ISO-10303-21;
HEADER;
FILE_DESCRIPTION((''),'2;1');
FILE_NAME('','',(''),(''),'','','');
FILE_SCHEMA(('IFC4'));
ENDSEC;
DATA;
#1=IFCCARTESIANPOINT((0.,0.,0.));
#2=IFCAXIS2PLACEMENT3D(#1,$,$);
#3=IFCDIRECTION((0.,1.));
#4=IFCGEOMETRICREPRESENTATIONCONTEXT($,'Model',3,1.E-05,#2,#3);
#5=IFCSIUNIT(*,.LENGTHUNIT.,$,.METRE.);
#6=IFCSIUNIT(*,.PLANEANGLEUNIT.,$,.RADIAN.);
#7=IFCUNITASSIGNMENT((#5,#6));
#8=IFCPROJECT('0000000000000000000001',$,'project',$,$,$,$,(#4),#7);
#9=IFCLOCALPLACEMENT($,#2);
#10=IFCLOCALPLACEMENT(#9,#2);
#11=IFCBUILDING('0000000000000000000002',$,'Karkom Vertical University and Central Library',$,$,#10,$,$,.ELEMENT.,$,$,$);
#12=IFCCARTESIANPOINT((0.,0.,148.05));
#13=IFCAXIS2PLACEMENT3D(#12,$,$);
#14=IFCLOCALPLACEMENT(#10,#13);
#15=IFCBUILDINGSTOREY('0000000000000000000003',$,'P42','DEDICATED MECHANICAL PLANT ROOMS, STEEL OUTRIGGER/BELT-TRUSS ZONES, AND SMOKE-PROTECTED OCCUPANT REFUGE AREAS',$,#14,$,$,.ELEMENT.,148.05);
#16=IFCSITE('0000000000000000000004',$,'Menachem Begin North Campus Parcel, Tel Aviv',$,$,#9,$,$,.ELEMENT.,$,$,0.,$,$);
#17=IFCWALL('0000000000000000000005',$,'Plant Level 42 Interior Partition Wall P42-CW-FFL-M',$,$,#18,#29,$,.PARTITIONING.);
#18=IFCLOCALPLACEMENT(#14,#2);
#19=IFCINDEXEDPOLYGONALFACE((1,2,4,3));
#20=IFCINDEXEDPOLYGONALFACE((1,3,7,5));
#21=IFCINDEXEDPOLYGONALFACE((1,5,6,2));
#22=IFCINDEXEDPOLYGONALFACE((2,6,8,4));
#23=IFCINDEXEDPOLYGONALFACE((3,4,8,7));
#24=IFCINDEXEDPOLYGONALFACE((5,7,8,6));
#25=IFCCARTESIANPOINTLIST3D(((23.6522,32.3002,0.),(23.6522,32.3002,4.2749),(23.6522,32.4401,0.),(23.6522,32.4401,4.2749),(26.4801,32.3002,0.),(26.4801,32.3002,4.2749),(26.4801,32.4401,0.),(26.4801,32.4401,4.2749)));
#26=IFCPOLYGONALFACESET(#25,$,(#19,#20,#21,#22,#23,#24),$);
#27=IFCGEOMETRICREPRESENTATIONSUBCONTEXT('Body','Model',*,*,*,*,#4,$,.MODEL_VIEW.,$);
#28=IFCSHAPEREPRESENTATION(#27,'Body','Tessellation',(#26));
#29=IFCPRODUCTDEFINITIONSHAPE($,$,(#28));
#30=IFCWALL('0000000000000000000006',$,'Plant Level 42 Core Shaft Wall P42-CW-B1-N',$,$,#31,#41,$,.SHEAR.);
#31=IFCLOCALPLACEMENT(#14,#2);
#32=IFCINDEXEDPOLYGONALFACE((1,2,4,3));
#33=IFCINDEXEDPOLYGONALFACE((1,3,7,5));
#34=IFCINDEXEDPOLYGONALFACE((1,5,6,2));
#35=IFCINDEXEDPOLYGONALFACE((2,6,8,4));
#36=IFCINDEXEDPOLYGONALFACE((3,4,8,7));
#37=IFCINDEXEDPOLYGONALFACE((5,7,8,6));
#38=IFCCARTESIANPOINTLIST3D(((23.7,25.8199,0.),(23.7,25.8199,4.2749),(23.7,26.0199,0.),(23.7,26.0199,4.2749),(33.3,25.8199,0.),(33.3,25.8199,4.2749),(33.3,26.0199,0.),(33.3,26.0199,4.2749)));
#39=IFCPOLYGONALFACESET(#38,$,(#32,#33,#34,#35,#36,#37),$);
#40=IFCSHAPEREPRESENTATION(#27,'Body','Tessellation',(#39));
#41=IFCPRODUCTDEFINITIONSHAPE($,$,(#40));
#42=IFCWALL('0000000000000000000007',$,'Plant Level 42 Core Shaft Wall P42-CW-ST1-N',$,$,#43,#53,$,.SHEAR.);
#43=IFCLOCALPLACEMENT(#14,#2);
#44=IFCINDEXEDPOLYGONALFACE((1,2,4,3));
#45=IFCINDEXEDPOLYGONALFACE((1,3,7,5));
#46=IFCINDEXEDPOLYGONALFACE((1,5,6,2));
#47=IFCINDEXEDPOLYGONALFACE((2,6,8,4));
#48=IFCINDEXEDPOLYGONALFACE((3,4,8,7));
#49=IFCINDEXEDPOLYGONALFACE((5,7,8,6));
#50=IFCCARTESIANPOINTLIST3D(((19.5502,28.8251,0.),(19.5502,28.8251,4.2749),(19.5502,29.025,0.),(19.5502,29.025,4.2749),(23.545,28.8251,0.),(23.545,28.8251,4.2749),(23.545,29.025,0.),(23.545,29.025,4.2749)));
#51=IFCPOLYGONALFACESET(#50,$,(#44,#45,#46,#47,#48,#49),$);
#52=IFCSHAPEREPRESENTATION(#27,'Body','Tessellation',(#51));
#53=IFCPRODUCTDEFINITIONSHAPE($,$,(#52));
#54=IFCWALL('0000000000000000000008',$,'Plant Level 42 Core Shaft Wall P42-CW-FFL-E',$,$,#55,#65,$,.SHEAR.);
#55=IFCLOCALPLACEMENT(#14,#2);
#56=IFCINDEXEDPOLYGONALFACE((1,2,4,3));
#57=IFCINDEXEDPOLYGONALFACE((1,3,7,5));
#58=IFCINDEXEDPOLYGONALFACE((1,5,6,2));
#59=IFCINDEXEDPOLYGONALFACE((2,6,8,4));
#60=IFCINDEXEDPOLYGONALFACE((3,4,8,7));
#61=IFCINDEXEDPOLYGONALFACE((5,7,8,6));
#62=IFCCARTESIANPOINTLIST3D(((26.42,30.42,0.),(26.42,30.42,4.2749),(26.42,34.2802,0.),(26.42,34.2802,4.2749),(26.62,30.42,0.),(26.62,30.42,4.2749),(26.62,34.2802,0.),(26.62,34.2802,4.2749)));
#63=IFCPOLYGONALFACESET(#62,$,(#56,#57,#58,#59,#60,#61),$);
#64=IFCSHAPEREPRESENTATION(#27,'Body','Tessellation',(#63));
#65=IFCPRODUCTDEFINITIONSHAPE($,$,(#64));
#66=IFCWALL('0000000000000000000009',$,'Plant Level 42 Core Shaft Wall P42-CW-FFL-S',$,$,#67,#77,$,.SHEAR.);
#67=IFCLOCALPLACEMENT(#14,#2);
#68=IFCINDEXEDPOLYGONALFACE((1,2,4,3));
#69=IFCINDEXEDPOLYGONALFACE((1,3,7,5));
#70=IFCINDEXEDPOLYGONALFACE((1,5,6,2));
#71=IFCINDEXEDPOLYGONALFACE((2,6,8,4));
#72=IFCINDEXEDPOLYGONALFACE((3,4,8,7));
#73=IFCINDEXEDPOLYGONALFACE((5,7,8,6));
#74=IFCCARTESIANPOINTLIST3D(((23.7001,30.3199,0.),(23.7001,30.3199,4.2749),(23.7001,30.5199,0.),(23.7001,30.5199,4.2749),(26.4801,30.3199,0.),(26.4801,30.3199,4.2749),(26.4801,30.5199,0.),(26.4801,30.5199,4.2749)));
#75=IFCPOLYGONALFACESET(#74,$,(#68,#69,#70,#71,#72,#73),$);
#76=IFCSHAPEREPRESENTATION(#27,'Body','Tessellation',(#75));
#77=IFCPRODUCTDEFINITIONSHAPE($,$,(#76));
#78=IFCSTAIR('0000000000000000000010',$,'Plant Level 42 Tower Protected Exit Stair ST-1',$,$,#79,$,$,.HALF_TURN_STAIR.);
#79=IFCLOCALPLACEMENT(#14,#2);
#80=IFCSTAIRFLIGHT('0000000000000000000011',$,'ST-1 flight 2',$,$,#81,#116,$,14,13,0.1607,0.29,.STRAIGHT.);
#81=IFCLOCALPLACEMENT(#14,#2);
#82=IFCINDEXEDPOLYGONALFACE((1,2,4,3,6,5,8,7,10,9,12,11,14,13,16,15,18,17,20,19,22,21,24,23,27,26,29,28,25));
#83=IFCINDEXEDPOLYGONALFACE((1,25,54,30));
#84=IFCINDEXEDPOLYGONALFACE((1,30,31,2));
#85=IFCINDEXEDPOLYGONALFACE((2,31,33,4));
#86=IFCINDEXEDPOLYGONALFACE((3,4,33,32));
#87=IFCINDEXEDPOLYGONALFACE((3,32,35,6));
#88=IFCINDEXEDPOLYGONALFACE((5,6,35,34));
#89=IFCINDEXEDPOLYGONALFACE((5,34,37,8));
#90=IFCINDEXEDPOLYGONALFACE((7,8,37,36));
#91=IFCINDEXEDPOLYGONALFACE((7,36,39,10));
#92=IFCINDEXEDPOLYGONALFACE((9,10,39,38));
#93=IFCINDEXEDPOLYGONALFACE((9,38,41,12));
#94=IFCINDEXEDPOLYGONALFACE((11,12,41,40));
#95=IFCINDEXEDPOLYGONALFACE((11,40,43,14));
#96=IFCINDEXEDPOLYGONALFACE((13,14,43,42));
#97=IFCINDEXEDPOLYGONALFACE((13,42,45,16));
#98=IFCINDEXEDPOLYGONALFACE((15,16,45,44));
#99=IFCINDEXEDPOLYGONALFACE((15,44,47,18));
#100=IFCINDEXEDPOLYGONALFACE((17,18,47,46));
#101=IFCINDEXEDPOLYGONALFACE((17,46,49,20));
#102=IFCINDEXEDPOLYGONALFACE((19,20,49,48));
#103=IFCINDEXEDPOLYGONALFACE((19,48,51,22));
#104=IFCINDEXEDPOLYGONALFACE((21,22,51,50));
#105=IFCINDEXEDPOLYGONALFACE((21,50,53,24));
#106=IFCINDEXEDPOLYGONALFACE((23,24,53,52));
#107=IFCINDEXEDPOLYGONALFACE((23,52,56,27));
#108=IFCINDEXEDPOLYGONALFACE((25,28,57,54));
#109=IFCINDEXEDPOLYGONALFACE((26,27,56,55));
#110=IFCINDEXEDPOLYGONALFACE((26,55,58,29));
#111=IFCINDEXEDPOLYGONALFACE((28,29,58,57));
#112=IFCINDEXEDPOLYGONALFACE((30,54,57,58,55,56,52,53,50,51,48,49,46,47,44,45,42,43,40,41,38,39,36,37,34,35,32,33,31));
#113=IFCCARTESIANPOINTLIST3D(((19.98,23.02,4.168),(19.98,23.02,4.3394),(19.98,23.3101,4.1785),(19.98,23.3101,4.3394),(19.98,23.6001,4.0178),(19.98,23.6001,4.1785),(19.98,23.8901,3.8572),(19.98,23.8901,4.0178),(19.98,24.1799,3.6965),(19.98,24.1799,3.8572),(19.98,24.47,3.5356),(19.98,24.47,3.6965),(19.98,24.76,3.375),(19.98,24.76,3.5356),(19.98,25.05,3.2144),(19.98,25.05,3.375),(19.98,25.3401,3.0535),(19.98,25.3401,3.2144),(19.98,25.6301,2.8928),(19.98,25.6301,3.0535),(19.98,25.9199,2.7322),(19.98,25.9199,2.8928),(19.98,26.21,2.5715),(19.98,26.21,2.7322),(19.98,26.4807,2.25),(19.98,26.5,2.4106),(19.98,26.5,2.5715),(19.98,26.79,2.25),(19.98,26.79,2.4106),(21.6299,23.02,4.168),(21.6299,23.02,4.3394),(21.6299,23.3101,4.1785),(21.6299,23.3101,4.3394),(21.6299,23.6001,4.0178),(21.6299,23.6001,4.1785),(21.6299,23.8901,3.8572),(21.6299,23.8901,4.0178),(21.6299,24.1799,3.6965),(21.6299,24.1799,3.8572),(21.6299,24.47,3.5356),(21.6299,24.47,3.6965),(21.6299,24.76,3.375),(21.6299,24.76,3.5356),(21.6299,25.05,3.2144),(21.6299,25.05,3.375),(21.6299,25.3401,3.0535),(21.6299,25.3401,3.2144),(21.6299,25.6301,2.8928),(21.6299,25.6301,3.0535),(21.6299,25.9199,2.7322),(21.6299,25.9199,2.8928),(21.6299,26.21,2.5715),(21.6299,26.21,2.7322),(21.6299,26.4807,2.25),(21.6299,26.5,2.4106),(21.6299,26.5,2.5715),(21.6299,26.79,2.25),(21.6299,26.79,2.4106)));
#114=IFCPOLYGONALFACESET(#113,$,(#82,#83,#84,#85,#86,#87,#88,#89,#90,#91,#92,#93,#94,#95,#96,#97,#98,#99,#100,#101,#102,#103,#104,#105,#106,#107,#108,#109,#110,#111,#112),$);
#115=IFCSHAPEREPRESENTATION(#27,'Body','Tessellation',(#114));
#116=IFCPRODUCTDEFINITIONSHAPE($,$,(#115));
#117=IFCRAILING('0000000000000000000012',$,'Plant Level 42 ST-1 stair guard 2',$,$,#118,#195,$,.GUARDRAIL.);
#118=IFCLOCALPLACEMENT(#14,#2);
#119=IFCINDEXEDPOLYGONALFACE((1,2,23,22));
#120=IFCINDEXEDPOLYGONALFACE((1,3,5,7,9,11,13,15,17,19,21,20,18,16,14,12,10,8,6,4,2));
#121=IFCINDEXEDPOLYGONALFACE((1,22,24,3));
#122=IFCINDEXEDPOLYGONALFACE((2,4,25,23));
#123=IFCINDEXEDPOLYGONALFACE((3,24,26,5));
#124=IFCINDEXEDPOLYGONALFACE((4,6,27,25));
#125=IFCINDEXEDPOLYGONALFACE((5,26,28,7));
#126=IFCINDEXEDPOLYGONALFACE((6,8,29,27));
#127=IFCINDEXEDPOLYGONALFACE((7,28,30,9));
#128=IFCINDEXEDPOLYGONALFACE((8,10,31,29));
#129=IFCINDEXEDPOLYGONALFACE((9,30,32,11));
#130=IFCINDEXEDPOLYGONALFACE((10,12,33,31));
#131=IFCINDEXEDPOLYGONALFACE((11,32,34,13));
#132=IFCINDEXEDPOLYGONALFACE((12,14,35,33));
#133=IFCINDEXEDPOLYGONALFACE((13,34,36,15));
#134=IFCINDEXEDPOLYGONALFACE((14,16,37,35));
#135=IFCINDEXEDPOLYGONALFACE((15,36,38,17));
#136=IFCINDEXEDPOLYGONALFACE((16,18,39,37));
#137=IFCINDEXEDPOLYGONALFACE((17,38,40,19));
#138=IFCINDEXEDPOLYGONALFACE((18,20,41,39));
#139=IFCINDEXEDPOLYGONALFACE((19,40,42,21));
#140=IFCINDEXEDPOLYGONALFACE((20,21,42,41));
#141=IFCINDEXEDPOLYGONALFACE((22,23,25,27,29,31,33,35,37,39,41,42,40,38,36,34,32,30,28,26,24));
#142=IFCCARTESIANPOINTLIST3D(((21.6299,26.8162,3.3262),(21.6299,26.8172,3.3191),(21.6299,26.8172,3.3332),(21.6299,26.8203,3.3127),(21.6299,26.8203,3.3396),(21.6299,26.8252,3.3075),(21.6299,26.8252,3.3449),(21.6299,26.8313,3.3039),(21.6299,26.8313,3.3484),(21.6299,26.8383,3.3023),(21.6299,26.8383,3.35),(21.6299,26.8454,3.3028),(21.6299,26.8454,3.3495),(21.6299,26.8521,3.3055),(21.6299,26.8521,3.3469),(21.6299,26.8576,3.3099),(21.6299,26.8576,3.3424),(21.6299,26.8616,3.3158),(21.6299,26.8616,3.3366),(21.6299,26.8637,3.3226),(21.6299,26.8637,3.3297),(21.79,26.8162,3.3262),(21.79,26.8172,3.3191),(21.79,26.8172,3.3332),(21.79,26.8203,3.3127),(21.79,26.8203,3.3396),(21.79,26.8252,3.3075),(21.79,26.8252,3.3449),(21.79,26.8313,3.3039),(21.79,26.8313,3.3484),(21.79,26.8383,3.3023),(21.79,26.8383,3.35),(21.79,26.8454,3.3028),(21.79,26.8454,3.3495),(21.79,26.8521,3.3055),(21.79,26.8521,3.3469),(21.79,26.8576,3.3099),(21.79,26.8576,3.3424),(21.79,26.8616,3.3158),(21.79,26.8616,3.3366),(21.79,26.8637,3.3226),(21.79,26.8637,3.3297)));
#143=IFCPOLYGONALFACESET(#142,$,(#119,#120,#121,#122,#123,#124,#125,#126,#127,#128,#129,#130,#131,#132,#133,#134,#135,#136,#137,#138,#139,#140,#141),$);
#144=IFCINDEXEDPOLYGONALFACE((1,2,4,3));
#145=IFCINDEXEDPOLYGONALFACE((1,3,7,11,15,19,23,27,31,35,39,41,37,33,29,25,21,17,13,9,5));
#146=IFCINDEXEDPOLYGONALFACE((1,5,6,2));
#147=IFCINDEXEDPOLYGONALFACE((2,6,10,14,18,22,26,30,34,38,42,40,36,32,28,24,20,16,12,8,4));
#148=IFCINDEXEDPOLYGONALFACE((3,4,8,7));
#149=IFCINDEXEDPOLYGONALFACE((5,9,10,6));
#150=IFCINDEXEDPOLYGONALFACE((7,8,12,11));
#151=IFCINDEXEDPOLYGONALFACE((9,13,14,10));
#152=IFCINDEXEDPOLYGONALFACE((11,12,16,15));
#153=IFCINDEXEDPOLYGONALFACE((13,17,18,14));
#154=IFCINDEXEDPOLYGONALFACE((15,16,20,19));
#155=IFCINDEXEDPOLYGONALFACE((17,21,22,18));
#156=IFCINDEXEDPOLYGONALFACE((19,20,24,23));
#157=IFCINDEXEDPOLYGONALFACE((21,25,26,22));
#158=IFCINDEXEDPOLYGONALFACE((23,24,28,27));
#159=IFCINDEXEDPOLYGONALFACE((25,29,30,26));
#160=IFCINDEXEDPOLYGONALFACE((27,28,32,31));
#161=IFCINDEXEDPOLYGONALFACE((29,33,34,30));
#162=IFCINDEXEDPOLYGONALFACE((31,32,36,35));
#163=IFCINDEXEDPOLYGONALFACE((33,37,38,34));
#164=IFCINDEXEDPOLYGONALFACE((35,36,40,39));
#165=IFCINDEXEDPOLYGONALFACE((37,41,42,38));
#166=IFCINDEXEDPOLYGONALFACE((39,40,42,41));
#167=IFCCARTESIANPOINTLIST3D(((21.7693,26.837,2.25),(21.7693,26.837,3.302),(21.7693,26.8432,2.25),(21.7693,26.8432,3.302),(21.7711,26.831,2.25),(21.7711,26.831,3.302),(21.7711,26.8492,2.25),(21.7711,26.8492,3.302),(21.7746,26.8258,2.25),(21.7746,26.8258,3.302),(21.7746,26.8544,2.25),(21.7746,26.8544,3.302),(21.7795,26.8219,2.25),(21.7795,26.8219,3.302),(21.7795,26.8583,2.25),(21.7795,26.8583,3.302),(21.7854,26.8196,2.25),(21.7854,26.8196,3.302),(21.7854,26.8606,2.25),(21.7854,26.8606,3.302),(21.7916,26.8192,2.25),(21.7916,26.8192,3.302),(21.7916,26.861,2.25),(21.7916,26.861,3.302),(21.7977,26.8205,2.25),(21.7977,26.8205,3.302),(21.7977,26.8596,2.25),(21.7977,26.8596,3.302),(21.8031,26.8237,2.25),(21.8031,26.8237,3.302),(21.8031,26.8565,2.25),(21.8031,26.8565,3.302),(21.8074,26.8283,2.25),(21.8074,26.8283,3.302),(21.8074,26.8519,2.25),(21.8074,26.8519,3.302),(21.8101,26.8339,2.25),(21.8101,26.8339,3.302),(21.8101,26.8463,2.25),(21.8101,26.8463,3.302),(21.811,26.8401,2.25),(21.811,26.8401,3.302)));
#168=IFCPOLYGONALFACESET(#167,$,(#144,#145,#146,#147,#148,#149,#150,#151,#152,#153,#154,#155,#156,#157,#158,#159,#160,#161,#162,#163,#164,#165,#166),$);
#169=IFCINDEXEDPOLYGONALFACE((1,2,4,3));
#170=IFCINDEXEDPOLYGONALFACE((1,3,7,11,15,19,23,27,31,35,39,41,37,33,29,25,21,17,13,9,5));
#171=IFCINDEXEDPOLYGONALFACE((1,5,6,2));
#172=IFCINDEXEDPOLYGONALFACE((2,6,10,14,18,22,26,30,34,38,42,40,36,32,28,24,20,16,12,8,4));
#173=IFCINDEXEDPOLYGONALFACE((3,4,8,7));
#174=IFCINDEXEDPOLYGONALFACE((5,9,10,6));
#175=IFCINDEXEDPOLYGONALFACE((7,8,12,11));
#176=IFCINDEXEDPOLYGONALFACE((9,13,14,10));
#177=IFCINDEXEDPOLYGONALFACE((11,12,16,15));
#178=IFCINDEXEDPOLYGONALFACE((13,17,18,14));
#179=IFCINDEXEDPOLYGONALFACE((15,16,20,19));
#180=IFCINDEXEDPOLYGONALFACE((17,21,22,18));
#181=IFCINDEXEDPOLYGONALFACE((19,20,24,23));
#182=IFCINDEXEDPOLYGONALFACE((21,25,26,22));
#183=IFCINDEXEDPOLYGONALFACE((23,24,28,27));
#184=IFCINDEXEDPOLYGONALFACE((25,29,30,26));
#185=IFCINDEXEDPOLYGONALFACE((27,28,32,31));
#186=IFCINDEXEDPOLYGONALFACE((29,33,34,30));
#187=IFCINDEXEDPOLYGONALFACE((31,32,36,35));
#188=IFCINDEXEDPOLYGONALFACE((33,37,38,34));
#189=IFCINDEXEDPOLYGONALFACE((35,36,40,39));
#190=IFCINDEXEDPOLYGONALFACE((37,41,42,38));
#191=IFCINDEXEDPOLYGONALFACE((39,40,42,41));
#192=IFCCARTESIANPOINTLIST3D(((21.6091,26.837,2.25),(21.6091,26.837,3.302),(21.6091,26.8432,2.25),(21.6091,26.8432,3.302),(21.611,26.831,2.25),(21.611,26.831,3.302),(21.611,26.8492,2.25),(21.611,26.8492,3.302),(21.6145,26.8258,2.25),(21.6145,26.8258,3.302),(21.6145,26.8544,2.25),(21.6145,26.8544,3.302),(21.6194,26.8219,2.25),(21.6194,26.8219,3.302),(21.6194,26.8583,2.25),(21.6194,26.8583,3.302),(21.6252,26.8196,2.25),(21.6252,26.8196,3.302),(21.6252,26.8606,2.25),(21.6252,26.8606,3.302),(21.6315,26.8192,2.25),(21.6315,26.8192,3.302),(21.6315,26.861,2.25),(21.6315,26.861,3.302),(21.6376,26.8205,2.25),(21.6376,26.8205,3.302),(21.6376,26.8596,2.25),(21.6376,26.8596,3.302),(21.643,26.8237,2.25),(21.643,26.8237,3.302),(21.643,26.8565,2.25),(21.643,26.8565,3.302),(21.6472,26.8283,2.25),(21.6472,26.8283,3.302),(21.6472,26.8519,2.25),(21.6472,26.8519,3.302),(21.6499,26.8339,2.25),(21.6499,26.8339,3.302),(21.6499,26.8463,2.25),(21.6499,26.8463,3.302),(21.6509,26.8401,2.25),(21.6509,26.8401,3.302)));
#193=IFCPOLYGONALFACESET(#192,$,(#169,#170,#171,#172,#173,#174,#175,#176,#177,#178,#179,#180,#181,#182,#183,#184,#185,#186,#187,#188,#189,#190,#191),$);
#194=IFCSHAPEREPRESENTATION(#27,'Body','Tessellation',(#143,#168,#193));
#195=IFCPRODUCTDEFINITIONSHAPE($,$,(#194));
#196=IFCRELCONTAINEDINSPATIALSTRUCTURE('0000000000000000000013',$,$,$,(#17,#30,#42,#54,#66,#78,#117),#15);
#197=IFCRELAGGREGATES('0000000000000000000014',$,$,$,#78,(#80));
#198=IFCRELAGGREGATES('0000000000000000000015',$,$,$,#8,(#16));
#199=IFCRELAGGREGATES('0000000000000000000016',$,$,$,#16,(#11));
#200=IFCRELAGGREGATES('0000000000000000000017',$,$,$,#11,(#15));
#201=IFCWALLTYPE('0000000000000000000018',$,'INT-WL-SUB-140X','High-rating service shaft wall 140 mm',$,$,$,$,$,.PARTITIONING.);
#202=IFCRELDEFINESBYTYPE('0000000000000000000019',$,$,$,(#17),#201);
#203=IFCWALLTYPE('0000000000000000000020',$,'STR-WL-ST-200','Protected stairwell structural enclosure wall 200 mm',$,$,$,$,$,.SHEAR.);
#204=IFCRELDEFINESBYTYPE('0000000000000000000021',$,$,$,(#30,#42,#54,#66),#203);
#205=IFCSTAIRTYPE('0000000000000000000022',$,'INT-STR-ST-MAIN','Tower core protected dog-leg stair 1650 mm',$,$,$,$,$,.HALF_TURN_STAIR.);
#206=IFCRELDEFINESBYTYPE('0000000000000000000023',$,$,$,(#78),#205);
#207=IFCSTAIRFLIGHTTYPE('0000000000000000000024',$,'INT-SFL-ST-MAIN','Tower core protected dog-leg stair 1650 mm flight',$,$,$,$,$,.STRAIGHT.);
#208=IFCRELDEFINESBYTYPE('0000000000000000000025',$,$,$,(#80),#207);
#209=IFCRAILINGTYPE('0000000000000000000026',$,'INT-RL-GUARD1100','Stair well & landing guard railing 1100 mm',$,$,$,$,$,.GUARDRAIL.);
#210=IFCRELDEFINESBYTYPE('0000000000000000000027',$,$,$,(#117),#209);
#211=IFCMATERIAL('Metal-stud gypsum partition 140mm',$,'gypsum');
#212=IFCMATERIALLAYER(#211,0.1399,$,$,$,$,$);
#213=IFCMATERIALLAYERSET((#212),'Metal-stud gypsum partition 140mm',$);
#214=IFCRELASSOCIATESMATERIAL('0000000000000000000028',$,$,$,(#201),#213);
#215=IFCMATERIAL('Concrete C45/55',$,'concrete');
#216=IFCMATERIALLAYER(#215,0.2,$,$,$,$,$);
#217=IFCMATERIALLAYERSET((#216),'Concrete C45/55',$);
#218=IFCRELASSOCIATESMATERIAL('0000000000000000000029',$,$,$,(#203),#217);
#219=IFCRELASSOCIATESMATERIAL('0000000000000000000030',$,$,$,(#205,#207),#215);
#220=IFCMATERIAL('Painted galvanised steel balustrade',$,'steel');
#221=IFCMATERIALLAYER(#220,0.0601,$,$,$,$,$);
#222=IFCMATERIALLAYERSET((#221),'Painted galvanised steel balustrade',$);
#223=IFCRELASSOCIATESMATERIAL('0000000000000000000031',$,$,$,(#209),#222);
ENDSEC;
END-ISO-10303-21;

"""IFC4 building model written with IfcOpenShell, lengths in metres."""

from ifc_helpers import new_model, si_unit, direction, frame, frame_2d, origin, origin_2d, place, context, subcontext, project, spatial, polyline, rectangle, circle, outline, extrude, material, layer, layer_set, type_object, element, aggregate, save


model = new_model("IFC4")

# Units and contexts
model_context = context("Model", 3, precision=1e-05, world=origin(), true_north=direction((0.0, 1.0)))
body_context = subcontext(model_context, "Body", "Model", "MODEL_VIEW")
ifc_project = project(units=[si_unit("LENGTHUNIT", "METRE"), si_unit("PLANEANGLEUNIT", "RADIAN")], contexts=[model_context])

# Site, building, storey
site_placement = place(None, origin())
site = spatial("IfcSite", under=ifc_project, at=site_placement, Name="Menachem Begin North Campus Parcel, Tel Aviv", CompositionType="ELEMENT", RefElevation=0.0)
building_placement = place(site_placement, origin())
building = spatial("IfcBuilding", under=site, at=building_placement, Name="Karkom Vertical University and Central Library", CompositionType="ELEMENT")
storey_placement = place(building_placement, frame((0.0, 0.0, 148.05)))
storey = spatial("IfcBuildingStorey", under=building, at=storey_placement, Name="P42", Description="DEDICATED MECHANICAL PLANT ROOMS, STEEL OUTRIGGER/BELT-TRUSS ZONES, AND SMOKE-PROTECTED OCCUPANT REFUGE AREAS", CompositionType="ELEMENT", Elevation=148.05)

# Wall
ifc_material_1 = material(Name="Metal-stud gypsum partition 140mm", Category="gypsum")
ifc_layer_1 = layer(ifc_material_1, 0.1399)
ifc_layer_set_1 = layer_set([ifc_layer_1], Name="Metal-stud gypsum partition 140mm")
wall_type_1 = type_object("IfcWallType", Name="INT-WL-SUB-140X", Description="High-rating service shaft wall 140 mm", PredefinedType="PARTITIONING", material=ifc_layer_set_1)
wall_1_placement = place(storey_placement, frame((23.6521, 32.3701, 0.0), z_axis=(0.0, 0.0, 1.0), x_axis=(1.0, 0.0, 0.0)))
element("IfcWall", 1, at=wall_1_placement, inside=storey, type_object=wall_type_1, Name="Plant Level 42 Interior Partition Wall P42-CW-FFL-M", PredefinedType="PARTITIONING", context=body_context, shape_type="SweptSolid", body=[
    extrude(rectangle(XDim=2.8279, YDim=0.1399, at=frame_2d((1.4141, 0.0))), origin(), (0.0, 0.0, 1.0), 4.2749),
])

# Wall
ifc_material_2 = material(Name="Concrete C45/55", Category="concrete")
ifc_layer_2 = layer(ifc_material_2, 0.2)
ifc_layer_set_2 = layer_set([ifc_layer_2], Name="Concrete C45/55")
wall_type_2 = type_object("IfcWallType", Name="STR-WL-ST-200", Description="Protected stairwell structural enclosure wall 200 mm", PredefinedType="SHEAR", material=ifc_layer_set_2)
wall_2_placement = place(storey_placement, frame((23.7, 25.9199, 0.0), z_axis=(0.0, 0.0, 1.0), x_axis=(1.0, 0.0, 0.0)))
element("IfcWall", 2, at=wall_2_placement, inside=storey, type_object=wall_type_2, Name="Plant Level 42 Core Shaft Wall P42-CW-B1-N", PredefinedType="SHEAR", context=body_context, shape_type="SweptSolid", body=[
    extrude(rectangle(XDim=9.6001, YDim=0.2, at=frame_2d((4.8, 0.0))), origin(), (0.0, 0.0, 1.0), 4.2749),
])

# Walls
wall_3_placement = place(storey_placement, frame((19.55, 28.925, 0.0), z_axis=(0.0, 0.0, 1.0), x_axis=(1.0, 0.0, 0.0)))
element("IfcWall", 3, at=wall_3_placement, inside=storey, type_object=wall_type_2, Name="Plant Level 42 Core Shaft Wall P42-CW-ST1-N", PredefinedType="SHEAR", context=body_context, shape_type="SweptSolid", body=[
    extrude(rectangle(XDim=3.9949, YDim=0.2, at=frame_2d((1.9976, 0.0))), origin(), (0.0, 0.0, 1.0), 4.2749),
])
wall_4_placement = place(storey_placement, frame((26.52, 30.4199, 0.0), z_axis=(0.0, 0.0, 1.0), x_axis=(0.0, 1.0, 0.0)))
element("IfcWall", 4, at=wall_4_placement, inside=storey, type_object=wall_type_2, Name="Plant Level 42 Core Shaft Wall P42-CW-FFL-E", PredefinedType="SHEAR", context=body_context, shape_type="SweptSolid", body=[
    extrude(rectangle(XDim=3.8601, YDim=0.2, at=frame_2d((1.9302, 0.0))), origin(), (0.0, 0.0, 1.0), 4.2749),
])
wall_5_placement = place(storey_placement, frame((23.7, 30.4199, 0.0), z_axis=(0.0, 0.0, 1.0), x_axis=(1.0, 0.0, 0.0)))
element("IfcWall", 5, at=wall_5_placement, inside=storey, type_object=wall_type_2, Name="Plant Level 42 Core Shaft Wall P42-CW-FFL-S", PredefinedType="SHEAR", context=body_context, shape_type="SweptSolid", body=[
    extrude(rectangle(XDim=2.78, YDim=0.2, at=frame_2d((1.3901, 0.0))), origin(), (0.0, 0.0, 1.0), 4.2749),
])

# Stair, stair flight
stair_type = type_object("IfcStairType", Name="INT-STR-ST-MAIN", Description="Tower core protected dog-leg stair 1650 mm", PredefinedType="HALF_TURN_STAIR", material=ifc_material_2)
stair_placement = place(storey_placement, origin())
stair = element("IfcStair", 6, at=stair_placement, inside=storey, type_object=stair_type, Name="Plant Level 42 Tower Protected Exit Stair ST-1", PredefinedType="HALF_TURN_STAIR")
stair_flight_type = type_object("IfcStairFlightType", Name="INT-SFL-ST-MAIN", Description="Tower core protected dog-leg stair 1650 mm flight", PredefinedType="STRAIGHT", material=ifc_material_2)
stair_flight_placement = place(storey_placement, frame((20.8049, 26.79, 2.25), z_axis=(0.0, 0.0, 1.0), x_axis=(0.0, -1.0, 0.0)))
stair_flight = element("IfcStairFlight", 7, at=stair_flight_placement, type_object=stair_flight_type, Name="ST-1 flight 2", NumberOfRisers=14, NumberOfTreads=13, PredefinedType="STRAIGHT", RiserHeight=0.1607, TreadLength=0.29, context=body_context, shape_type="SweptSolid", body=[
    extrude(outline(polyline([(0.0, 0.0), (0.0, 0.1606), (0.29, 0.1606), (0.29, 0.3215), (0.5801, 0.3215), (0.5801, 0.4822), (0.8701, 0.4822), (0.8701, 0.6428), (1.1599, 0.6428), (1.1599, 0.8035), (1.45, 0.8035), (1.45, 0.9644), (1.74, 0.9644), (1.74, 1.125), (2.03, 1.125), (2.03, 1.2856), (2.3201, 1.2856), (2.3201, 1.4465), (2.6101, 1.4465), (2.6101, 1.6072), (2.8999, 1.6072), (2.8999, 1.7678), (3.1899, 1.7678), (3.1899, 1.9285), (3.48, 1.9285), (3.48, 2.0894), (3.77, 2.0894), (3.77, 2.25), (3.77, 1.918), (0.3093, 0.0), (0.0, 0.0)])), frame((0.0, 0.825, 0.0), z_axis=(0.0, -1.0, 0.0), x_axis=(1.0, 0.0, 0.0)), (0.0, 0.0, 1.0), 1.6499),
])
aggregate(stair, [stair_flight])

# Railing
ifc_material_3 = material(Name="Painted galvanised steel balustrade", Category="steel")
ifc_layer_3 = layer(ifc_material_3, 0.0601)
ifc_layer_set_3 = layer_set([ifc_layer_3], Name="Painted galvanised steel balustrade")
railing_type_1 = type_object("IfcRailingType", Name="INT-RL-GUARD1100", Description="Stair well & landing guard railing 1100 mm", PredefinedType="GUARDRAIL", material=ifc_layer_set_3)
railing_1_placement = place(storey_placement, frame((21.79, 26.8401, 2.25)))
element("IfcRailing", 8, at=railing_1_placement, inside=storey, type_object=railing_type_1, Name="Plant Level 42 ST-1 stair guard 2", PredefinedType="GUARDRAIL", context=body_context, shape_type="SweptSolid", body=[
    extrude(circle(Radius=0.0239, at=origin_2d()), frame((0.0, 0.0, 1.0762), z_axis=(-1.0, 0.0, 0.0), x_axis=(0.0, -1.0, 0.0)), (0.0, 0.0, 1.0), 0.1602),
    extrude(circle(Radius=0.021, at=origin_2d()), origin(), (0.0, 0.0, 1.0), 1.052),
    extrude(circle(Radius=0.021, at=origin_2d()), frame((-0.1602, 0.0, 0.0)), (0.0, 0.0, 1.0), 1.052),
])

save(model, "model.ifc")
